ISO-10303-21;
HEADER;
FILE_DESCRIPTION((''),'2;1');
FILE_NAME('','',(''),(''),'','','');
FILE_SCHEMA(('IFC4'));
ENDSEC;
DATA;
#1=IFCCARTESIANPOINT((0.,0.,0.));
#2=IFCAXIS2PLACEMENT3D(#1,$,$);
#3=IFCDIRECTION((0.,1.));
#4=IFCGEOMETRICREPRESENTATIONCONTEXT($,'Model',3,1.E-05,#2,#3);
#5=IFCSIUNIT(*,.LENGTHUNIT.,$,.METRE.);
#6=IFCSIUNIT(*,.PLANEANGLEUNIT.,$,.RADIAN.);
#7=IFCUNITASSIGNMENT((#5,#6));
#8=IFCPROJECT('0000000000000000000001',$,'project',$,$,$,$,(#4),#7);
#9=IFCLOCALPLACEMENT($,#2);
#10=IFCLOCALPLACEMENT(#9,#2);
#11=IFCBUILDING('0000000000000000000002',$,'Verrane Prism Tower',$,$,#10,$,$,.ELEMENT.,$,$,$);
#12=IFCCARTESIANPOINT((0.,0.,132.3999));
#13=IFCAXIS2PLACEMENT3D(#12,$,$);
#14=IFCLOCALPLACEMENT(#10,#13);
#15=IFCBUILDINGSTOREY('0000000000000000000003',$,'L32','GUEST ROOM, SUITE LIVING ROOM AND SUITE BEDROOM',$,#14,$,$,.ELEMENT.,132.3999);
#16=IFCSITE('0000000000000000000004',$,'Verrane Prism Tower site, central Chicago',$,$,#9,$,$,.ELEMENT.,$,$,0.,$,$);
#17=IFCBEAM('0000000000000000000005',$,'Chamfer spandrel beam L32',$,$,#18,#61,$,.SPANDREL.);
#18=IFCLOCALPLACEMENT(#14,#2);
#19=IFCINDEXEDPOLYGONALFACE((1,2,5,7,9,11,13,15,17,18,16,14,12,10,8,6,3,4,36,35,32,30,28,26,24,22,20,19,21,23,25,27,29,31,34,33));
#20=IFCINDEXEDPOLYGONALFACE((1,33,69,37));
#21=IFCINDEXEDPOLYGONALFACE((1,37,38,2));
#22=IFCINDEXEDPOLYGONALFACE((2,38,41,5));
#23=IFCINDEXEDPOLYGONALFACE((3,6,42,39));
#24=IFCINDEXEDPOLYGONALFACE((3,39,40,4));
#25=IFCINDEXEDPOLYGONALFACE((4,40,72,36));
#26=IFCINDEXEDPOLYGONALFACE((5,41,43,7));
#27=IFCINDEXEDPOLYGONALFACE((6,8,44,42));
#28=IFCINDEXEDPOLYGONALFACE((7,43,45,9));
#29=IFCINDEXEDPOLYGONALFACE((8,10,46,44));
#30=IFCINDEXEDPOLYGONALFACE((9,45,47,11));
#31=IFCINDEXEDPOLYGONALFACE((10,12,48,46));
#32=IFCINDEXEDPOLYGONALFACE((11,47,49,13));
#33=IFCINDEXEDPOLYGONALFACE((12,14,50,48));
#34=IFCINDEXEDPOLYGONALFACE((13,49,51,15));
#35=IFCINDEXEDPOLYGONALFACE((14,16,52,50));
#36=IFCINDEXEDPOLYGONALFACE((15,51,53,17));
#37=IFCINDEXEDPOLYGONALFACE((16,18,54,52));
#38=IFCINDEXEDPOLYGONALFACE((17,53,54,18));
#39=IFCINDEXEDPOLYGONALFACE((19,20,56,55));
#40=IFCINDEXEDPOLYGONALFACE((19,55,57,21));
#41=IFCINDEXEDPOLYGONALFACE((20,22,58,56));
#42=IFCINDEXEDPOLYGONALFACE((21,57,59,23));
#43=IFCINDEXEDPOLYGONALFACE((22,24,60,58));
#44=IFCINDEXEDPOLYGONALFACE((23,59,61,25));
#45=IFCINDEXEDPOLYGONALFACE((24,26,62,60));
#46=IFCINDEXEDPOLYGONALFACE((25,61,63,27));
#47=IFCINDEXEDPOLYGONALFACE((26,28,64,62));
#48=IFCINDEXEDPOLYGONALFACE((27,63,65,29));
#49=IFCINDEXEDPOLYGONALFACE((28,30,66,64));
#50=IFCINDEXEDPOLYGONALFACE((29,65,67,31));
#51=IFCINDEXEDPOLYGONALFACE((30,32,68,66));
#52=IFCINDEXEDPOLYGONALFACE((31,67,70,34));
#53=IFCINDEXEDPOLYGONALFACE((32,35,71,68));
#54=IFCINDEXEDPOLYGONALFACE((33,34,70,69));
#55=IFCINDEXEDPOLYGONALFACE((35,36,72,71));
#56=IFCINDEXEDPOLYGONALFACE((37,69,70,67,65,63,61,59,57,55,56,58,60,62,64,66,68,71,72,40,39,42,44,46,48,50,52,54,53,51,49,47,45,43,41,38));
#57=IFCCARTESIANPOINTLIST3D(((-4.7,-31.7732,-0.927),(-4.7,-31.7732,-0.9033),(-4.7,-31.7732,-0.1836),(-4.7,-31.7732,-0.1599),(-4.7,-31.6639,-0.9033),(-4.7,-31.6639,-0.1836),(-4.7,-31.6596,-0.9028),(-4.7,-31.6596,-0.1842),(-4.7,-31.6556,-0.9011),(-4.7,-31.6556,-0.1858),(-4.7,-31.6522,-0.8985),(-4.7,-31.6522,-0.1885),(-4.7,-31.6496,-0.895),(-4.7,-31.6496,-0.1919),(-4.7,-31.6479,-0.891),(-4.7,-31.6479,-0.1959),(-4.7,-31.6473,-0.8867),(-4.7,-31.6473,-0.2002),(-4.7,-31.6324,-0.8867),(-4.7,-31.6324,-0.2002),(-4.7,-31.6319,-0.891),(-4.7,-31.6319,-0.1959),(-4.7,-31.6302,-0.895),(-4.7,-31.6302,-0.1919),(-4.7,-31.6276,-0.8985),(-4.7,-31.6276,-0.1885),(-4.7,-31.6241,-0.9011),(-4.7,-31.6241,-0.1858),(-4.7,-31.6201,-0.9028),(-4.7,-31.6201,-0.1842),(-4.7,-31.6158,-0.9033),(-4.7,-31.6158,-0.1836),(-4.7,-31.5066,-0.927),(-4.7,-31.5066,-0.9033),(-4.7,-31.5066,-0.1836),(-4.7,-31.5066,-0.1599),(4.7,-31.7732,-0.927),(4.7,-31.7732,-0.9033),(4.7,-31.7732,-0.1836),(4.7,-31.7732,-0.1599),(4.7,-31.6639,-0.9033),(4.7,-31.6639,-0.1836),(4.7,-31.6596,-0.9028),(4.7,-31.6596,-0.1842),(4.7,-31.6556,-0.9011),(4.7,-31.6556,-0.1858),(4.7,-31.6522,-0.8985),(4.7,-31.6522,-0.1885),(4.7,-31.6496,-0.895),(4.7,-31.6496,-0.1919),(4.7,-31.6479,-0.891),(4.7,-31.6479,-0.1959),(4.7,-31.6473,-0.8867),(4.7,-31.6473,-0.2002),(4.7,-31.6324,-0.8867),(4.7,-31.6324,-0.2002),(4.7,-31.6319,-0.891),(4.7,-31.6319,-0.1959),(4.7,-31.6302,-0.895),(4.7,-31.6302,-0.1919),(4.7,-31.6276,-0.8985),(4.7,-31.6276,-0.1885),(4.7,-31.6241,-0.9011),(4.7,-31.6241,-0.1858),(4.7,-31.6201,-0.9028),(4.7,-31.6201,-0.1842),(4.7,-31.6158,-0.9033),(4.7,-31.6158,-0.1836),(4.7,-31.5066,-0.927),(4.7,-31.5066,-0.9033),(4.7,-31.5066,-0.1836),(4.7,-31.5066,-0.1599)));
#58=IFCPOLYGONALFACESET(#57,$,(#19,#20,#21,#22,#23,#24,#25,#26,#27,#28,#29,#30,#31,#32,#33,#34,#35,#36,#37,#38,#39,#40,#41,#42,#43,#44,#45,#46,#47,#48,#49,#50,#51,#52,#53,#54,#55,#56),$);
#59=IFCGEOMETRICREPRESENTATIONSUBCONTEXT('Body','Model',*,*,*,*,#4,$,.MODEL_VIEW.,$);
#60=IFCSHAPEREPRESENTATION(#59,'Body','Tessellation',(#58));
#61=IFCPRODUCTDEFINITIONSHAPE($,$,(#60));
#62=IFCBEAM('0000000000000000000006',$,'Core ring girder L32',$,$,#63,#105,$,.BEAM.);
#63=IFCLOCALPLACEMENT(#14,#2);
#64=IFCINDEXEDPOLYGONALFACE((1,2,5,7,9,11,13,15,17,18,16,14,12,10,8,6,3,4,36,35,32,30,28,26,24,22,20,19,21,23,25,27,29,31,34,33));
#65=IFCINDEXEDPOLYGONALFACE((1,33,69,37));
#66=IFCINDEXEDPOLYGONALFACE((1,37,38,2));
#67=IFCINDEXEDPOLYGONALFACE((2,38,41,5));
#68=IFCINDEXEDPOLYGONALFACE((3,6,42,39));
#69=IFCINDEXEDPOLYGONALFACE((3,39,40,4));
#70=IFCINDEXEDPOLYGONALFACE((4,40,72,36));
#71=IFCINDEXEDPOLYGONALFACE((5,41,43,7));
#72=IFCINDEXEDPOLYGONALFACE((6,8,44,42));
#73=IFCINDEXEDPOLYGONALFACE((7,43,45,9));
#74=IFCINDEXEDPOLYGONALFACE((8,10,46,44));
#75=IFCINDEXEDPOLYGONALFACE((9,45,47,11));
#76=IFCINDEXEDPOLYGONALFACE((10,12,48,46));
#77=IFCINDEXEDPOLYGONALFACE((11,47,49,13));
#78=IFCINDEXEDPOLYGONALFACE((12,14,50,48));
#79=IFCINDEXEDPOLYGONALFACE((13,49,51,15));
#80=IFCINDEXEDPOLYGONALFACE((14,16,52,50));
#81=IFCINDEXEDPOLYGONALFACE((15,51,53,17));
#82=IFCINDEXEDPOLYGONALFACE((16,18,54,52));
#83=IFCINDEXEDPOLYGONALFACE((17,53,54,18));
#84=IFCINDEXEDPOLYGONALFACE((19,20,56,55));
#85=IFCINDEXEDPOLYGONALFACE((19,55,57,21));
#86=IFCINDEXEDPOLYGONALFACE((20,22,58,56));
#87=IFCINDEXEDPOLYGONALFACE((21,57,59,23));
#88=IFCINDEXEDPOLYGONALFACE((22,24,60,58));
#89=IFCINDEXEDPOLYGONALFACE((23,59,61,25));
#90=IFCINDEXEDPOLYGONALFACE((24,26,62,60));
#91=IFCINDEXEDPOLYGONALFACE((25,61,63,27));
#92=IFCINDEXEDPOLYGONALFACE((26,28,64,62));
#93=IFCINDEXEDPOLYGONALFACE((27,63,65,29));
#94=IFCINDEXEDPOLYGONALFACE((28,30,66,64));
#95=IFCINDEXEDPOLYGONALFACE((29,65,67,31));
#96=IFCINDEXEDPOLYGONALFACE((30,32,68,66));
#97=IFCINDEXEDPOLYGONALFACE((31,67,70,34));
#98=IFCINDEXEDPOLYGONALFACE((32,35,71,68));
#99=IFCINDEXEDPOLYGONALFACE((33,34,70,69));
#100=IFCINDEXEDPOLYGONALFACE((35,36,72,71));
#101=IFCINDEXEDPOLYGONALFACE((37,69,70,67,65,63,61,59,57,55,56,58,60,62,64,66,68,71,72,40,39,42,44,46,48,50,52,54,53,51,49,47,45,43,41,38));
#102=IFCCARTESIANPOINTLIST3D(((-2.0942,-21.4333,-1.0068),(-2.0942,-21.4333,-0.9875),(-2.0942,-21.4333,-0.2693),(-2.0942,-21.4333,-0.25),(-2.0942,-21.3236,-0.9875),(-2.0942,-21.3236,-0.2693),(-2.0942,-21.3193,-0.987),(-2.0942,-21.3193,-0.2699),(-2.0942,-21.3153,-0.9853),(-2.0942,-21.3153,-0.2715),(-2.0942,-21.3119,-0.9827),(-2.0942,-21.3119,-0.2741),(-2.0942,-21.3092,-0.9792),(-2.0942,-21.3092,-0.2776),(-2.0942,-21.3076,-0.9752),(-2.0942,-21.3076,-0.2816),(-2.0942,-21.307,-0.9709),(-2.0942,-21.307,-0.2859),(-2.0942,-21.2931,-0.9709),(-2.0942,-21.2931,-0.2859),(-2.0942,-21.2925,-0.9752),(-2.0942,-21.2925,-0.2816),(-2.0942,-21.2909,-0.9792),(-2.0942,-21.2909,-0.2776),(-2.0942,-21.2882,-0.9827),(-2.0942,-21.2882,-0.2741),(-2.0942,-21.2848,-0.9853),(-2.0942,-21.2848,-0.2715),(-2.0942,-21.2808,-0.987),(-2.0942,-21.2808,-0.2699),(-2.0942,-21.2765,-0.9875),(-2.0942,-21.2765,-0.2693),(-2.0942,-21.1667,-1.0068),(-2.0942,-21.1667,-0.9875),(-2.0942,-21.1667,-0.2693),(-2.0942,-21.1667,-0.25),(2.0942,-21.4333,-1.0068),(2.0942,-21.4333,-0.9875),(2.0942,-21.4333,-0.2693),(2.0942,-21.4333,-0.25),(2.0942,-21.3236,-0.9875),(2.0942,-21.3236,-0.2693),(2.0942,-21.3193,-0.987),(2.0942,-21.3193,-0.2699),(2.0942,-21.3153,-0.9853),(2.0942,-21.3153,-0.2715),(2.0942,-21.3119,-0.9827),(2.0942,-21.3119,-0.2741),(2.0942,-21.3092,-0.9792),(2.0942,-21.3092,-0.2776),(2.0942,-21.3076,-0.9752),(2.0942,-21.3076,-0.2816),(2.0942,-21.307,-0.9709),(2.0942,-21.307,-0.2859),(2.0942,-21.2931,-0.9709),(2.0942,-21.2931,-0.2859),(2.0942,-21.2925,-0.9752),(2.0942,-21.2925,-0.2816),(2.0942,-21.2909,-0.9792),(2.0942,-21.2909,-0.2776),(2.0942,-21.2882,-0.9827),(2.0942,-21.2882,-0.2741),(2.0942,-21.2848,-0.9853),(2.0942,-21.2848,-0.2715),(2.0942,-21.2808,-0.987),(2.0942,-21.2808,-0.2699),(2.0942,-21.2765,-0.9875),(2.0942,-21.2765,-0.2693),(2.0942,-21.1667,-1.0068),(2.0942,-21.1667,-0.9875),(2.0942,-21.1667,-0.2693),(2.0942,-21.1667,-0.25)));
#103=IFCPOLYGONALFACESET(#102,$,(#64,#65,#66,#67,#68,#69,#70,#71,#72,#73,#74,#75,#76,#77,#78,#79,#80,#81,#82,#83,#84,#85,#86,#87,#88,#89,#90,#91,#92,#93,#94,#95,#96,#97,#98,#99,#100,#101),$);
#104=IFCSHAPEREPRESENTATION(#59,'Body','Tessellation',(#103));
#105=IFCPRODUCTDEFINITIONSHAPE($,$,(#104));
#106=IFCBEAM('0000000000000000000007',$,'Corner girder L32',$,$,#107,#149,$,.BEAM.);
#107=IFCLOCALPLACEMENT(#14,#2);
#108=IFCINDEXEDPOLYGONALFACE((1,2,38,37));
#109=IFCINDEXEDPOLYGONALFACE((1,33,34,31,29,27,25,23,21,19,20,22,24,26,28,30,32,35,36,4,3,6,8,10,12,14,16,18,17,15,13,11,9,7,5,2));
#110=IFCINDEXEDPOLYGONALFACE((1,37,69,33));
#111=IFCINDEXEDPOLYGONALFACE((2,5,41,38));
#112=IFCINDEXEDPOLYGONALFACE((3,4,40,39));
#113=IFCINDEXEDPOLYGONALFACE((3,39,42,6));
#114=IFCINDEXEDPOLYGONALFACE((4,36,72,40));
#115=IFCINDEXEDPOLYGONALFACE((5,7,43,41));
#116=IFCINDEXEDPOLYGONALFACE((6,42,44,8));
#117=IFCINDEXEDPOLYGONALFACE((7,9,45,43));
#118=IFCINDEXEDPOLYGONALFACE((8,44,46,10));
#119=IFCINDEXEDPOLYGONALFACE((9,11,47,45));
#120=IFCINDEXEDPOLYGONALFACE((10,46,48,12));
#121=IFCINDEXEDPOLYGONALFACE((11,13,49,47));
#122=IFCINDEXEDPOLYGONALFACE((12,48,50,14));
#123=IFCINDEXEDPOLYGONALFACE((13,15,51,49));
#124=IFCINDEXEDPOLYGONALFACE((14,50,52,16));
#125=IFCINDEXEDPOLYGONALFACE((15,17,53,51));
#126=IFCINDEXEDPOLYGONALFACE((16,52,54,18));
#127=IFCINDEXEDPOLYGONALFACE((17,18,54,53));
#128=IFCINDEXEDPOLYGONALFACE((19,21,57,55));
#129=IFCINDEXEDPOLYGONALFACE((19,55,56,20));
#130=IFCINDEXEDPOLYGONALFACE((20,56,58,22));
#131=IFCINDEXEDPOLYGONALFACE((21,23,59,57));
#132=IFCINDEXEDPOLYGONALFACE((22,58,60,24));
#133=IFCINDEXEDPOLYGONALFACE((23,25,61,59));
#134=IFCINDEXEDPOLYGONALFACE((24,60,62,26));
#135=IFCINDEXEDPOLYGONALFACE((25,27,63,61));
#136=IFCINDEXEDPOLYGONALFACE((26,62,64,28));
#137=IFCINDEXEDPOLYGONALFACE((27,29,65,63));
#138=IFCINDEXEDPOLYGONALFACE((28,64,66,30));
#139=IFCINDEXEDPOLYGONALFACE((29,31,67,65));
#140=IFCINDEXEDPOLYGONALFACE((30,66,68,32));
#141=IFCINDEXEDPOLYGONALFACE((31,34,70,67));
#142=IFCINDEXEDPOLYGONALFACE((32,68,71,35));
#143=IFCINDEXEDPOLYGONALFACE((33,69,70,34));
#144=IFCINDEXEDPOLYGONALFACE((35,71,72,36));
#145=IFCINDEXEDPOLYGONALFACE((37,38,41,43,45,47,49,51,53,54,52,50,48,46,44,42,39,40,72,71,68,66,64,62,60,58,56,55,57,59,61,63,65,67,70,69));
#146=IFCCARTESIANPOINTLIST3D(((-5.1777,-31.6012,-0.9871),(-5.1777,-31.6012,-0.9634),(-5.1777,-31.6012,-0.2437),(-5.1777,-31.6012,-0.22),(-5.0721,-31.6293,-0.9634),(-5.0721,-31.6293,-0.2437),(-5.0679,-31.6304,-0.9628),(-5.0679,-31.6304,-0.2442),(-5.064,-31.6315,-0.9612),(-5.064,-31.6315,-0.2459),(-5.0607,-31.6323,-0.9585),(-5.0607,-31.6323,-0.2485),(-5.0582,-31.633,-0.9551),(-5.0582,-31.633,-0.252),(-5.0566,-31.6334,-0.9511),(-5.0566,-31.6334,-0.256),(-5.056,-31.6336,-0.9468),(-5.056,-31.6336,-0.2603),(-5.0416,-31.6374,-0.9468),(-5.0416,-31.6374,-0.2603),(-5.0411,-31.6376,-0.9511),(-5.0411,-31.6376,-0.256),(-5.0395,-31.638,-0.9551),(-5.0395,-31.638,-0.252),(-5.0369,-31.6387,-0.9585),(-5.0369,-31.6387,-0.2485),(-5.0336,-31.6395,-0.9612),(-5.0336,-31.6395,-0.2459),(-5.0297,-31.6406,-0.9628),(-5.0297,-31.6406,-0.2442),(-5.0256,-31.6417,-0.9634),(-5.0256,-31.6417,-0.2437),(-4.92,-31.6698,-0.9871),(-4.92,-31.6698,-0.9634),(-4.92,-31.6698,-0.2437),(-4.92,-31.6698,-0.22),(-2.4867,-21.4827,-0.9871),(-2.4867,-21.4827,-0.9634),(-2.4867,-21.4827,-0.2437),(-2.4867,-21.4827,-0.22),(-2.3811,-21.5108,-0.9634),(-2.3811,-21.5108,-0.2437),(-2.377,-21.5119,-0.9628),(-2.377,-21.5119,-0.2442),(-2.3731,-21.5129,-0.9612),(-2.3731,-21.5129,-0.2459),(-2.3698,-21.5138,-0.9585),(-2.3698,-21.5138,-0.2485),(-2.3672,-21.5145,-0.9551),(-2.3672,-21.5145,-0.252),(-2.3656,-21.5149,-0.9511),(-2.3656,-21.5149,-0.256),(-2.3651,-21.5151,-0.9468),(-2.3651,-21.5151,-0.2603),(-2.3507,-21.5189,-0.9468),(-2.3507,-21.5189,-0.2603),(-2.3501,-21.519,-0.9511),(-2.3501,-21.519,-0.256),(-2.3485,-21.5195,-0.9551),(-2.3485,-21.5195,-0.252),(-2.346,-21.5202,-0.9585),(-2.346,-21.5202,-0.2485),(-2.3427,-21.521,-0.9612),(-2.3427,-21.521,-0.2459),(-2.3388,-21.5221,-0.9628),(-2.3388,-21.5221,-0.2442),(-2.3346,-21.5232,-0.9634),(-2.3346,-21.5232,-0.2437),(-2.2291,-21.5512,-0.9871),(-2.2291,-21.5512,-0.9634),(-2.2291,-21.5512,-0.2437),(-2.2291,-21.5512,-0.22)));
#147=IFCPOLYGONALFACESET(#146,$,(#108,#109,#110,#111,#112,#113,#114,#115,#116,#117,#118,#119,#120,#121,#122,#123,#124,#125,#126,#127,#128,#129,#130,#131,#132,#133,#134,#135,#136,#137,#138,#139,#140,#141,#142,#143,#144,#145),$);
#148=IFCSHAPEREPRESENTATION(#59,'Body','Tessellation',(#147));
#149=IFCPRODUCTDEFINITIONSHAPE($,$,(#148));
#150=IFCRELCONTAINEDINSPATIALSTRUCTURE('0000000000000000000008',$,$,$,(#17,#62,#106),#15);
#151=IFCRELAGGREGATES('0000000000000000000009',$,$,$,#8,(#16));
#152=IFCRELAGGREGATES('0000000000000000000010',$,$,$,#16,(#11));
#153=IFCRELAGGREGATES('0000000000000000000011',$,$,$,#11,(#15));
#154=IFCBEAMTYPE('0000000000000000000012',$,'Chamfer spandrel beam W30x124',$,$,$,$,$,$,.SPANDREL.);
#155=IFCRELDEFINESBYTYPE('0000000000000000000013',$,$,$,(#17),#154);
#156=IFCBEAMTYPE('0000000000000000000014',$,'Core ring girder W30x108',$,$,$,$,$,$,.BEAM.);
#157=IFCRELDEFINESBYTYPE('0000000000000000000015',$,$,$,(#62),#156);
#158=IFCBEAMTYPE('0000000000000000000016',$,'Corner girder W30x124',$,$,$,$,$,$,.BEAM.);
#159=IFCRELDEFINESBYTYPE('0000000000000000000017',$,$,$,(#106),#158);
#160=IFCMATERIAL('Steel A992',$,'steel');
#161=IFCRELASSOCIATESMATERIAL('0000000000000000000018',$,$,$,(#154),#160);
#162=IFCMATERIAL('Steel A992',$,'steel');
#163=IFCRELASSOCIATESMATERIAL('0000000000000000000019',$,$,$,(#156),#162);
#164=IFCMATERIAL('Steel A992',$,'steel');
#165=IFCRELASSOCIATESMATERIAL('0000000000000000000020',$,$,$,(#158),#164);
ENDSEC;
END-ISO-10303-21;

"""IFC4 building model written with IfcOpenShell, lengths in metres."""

from ifc_helpers import new_model, si_unit, direction, frame, origin, origin_2d, place, context, subcontext, project, spatial, i_section, extrude, material, material_profile, profile_set, type_object, element, save


model = new_model("IFC4")

# Units and contexts
model_context = context("Model", 3, precision=1e-05, world=origin(), true_north=direction((0.0, 1.0)))
body_context = subcontext(model_context, "Body", "Model", "MODEL_VIEW")
ifc_project = project(units=[si_unit("LENGTHUNIT", "METRE"), si_unit("PLANEANGLEUNIT", "RADIAN")], contexts=[model_context])

# Site, building, storey
site_placement = place(None, origin())
site = spatial("IfcSite", under=ifc_project, at=site_placement, Name="Verrane Prism Tower site, central Chicago", CompositionType="ELEMENT", RefElevation=0.0)
building_placement = place(site_placement, origin())
building = spatial("IfcBuilding", under=site, at=building_placement, Name="Verrane Prism Tower", CompositionType="ELEMENT")
storey_placement = place(building_placement, frame((0.0, 0.0, 132.3999)))
storey = spatial("IfcBuildingStorey", under=building, at=storey_placement, Name="L32", Description="GUEST ROOM, SUITE LIVING ROOM AND SUITE BEDROOM", CompositionType="ELEMENT", Elevation=132.3999)

# Beams
ifc_material_1 = material(Name="Steel A992", Category="steel")
ifc_material_profile_1 = material_profile(ifc_material_1, i_section(OverallWidth=0.2666, OverallDepth=0.7671, WebThickness=0.0149, FlangeThickness=0.0237, FilletRadius=0.0166, at=origin_2d()), Name="W30x124")
ifc_profile_set_1 = profile_set([ifc_material_profile_1], Name="Steel A992")
beam_type_1 = type_object("IfcBeamType", Name="Chamfer spandrel beam W30x124", PredefinedType="SPANDREL", material=ifc_profile_set_1)
beam_1_placement = place(storey_placement, frame((-4.7, -31.6399, -0.5435), z_axis=(1.0, 0.0, 0.0), x_axis=(0.0, 1.0, 0.0)))
element("IfcBeam", 1, at=beam_1_placement, inside=storey, type_object=beam_type_1, Name="Chamfer spandrel beam L32", PredefinedType="SPANDREL", context=body_context, shape_type="SweptSolid", body=[
    extrude(i_section(OverallWidth=0.2666, OverallDepth=0.7671, WebThickness=0.0149, FlangeThickness=0.0237, FilletRadius=0.0166, at=origin_2d()), origin(), (0.0, 0.0, 1.0), 9.3999),
])
ifc_material_2 = material(Name="Steel A992", Category="steel")
ifc_material_profile_2 = material_profile(ifc_material_2, i_section(OverallWidth=0.2666, OverallDepth=0.7568, WebThickness=0.0139, FlangeThickness=0.0193, FilletRadius=0.0166, at=origin_2d()), Name="W30x108")
ifc_profile_set_2 = profile_set([ifc_material_profile_2], Name="Steel A992")
beam_type_2 = type_object("IfcBeamType", Name="Core ring girder W30x108", PredefinedType="BEAM", material=ifc_profile_set_2)
beam_2_placement = place(storey_placement, frame((-2.0942, -21.3, -0.6284), z_axis=(1.0, 0.0, 0.0), x_axis=(0.0, 1.0, 0.0)))
element("IfcBeam", 2, at=beam_2_placement, inside=storey, type_object=beam_type_2, Name="Core ring girder L32", PredefinedType="BEAM", context=body_context, shape_type="SweptSolid", body=[
    extrude(i_section(OverallWidth=0.2666, OverallDepth=0.7568, WebThickness=0.0139, FlangeThickness=0.0193, FilletRadius=0.0166, at=origin_2d()), origin(), (0.0, 0.0, 1.0), 4.1885),
])
ifc_material_3 = material(Name="Steel A992", Category="steel")
ifc_material_profile_3 = material_profile(ifc_material_3, i_section(OverallWidth=0.2666, OverallDepth=0.7671, WebThickness=0.0149, FlangeThickness=0.0237, FilletRadius=0.0166, at=origin_2d()), Name="W30x124")
ifc_profile_set_3 = profile_set([ifc_material_profile_3], Name="Steel A992")
beam_type_3 = type_object("IfcBeamType", Name="Corner girder W30x124", PredefinedType="BEAM", material=ifc_profile_set_3)
beam_3_placement = place(storey_placement, frame((-5.0488, -31.6355, -0.6035), z_axis=(0.257009, 0.966409, 0.0), x_axis=(-0.966409, 0.257009, 0.0)))
element("IfcBeam", 3, at=beam_3_placement, inside=storey, type_object=beam_type_3, Name="Corner girder L32", PredefinedType="BEAM", context=body_context, shape_type="SweptSolid", body=[
    extrude(i_section(OverallWidth=0.2666, OverallDepth=0.7671, WebThickness=0.0149, FlangeThickness=0.0237, FilletRadius=0.0166, at=origin_2d()), origin(), (0.0, 0.0, 1.0), 10.4702),
])

save(model, "model.ifc")
